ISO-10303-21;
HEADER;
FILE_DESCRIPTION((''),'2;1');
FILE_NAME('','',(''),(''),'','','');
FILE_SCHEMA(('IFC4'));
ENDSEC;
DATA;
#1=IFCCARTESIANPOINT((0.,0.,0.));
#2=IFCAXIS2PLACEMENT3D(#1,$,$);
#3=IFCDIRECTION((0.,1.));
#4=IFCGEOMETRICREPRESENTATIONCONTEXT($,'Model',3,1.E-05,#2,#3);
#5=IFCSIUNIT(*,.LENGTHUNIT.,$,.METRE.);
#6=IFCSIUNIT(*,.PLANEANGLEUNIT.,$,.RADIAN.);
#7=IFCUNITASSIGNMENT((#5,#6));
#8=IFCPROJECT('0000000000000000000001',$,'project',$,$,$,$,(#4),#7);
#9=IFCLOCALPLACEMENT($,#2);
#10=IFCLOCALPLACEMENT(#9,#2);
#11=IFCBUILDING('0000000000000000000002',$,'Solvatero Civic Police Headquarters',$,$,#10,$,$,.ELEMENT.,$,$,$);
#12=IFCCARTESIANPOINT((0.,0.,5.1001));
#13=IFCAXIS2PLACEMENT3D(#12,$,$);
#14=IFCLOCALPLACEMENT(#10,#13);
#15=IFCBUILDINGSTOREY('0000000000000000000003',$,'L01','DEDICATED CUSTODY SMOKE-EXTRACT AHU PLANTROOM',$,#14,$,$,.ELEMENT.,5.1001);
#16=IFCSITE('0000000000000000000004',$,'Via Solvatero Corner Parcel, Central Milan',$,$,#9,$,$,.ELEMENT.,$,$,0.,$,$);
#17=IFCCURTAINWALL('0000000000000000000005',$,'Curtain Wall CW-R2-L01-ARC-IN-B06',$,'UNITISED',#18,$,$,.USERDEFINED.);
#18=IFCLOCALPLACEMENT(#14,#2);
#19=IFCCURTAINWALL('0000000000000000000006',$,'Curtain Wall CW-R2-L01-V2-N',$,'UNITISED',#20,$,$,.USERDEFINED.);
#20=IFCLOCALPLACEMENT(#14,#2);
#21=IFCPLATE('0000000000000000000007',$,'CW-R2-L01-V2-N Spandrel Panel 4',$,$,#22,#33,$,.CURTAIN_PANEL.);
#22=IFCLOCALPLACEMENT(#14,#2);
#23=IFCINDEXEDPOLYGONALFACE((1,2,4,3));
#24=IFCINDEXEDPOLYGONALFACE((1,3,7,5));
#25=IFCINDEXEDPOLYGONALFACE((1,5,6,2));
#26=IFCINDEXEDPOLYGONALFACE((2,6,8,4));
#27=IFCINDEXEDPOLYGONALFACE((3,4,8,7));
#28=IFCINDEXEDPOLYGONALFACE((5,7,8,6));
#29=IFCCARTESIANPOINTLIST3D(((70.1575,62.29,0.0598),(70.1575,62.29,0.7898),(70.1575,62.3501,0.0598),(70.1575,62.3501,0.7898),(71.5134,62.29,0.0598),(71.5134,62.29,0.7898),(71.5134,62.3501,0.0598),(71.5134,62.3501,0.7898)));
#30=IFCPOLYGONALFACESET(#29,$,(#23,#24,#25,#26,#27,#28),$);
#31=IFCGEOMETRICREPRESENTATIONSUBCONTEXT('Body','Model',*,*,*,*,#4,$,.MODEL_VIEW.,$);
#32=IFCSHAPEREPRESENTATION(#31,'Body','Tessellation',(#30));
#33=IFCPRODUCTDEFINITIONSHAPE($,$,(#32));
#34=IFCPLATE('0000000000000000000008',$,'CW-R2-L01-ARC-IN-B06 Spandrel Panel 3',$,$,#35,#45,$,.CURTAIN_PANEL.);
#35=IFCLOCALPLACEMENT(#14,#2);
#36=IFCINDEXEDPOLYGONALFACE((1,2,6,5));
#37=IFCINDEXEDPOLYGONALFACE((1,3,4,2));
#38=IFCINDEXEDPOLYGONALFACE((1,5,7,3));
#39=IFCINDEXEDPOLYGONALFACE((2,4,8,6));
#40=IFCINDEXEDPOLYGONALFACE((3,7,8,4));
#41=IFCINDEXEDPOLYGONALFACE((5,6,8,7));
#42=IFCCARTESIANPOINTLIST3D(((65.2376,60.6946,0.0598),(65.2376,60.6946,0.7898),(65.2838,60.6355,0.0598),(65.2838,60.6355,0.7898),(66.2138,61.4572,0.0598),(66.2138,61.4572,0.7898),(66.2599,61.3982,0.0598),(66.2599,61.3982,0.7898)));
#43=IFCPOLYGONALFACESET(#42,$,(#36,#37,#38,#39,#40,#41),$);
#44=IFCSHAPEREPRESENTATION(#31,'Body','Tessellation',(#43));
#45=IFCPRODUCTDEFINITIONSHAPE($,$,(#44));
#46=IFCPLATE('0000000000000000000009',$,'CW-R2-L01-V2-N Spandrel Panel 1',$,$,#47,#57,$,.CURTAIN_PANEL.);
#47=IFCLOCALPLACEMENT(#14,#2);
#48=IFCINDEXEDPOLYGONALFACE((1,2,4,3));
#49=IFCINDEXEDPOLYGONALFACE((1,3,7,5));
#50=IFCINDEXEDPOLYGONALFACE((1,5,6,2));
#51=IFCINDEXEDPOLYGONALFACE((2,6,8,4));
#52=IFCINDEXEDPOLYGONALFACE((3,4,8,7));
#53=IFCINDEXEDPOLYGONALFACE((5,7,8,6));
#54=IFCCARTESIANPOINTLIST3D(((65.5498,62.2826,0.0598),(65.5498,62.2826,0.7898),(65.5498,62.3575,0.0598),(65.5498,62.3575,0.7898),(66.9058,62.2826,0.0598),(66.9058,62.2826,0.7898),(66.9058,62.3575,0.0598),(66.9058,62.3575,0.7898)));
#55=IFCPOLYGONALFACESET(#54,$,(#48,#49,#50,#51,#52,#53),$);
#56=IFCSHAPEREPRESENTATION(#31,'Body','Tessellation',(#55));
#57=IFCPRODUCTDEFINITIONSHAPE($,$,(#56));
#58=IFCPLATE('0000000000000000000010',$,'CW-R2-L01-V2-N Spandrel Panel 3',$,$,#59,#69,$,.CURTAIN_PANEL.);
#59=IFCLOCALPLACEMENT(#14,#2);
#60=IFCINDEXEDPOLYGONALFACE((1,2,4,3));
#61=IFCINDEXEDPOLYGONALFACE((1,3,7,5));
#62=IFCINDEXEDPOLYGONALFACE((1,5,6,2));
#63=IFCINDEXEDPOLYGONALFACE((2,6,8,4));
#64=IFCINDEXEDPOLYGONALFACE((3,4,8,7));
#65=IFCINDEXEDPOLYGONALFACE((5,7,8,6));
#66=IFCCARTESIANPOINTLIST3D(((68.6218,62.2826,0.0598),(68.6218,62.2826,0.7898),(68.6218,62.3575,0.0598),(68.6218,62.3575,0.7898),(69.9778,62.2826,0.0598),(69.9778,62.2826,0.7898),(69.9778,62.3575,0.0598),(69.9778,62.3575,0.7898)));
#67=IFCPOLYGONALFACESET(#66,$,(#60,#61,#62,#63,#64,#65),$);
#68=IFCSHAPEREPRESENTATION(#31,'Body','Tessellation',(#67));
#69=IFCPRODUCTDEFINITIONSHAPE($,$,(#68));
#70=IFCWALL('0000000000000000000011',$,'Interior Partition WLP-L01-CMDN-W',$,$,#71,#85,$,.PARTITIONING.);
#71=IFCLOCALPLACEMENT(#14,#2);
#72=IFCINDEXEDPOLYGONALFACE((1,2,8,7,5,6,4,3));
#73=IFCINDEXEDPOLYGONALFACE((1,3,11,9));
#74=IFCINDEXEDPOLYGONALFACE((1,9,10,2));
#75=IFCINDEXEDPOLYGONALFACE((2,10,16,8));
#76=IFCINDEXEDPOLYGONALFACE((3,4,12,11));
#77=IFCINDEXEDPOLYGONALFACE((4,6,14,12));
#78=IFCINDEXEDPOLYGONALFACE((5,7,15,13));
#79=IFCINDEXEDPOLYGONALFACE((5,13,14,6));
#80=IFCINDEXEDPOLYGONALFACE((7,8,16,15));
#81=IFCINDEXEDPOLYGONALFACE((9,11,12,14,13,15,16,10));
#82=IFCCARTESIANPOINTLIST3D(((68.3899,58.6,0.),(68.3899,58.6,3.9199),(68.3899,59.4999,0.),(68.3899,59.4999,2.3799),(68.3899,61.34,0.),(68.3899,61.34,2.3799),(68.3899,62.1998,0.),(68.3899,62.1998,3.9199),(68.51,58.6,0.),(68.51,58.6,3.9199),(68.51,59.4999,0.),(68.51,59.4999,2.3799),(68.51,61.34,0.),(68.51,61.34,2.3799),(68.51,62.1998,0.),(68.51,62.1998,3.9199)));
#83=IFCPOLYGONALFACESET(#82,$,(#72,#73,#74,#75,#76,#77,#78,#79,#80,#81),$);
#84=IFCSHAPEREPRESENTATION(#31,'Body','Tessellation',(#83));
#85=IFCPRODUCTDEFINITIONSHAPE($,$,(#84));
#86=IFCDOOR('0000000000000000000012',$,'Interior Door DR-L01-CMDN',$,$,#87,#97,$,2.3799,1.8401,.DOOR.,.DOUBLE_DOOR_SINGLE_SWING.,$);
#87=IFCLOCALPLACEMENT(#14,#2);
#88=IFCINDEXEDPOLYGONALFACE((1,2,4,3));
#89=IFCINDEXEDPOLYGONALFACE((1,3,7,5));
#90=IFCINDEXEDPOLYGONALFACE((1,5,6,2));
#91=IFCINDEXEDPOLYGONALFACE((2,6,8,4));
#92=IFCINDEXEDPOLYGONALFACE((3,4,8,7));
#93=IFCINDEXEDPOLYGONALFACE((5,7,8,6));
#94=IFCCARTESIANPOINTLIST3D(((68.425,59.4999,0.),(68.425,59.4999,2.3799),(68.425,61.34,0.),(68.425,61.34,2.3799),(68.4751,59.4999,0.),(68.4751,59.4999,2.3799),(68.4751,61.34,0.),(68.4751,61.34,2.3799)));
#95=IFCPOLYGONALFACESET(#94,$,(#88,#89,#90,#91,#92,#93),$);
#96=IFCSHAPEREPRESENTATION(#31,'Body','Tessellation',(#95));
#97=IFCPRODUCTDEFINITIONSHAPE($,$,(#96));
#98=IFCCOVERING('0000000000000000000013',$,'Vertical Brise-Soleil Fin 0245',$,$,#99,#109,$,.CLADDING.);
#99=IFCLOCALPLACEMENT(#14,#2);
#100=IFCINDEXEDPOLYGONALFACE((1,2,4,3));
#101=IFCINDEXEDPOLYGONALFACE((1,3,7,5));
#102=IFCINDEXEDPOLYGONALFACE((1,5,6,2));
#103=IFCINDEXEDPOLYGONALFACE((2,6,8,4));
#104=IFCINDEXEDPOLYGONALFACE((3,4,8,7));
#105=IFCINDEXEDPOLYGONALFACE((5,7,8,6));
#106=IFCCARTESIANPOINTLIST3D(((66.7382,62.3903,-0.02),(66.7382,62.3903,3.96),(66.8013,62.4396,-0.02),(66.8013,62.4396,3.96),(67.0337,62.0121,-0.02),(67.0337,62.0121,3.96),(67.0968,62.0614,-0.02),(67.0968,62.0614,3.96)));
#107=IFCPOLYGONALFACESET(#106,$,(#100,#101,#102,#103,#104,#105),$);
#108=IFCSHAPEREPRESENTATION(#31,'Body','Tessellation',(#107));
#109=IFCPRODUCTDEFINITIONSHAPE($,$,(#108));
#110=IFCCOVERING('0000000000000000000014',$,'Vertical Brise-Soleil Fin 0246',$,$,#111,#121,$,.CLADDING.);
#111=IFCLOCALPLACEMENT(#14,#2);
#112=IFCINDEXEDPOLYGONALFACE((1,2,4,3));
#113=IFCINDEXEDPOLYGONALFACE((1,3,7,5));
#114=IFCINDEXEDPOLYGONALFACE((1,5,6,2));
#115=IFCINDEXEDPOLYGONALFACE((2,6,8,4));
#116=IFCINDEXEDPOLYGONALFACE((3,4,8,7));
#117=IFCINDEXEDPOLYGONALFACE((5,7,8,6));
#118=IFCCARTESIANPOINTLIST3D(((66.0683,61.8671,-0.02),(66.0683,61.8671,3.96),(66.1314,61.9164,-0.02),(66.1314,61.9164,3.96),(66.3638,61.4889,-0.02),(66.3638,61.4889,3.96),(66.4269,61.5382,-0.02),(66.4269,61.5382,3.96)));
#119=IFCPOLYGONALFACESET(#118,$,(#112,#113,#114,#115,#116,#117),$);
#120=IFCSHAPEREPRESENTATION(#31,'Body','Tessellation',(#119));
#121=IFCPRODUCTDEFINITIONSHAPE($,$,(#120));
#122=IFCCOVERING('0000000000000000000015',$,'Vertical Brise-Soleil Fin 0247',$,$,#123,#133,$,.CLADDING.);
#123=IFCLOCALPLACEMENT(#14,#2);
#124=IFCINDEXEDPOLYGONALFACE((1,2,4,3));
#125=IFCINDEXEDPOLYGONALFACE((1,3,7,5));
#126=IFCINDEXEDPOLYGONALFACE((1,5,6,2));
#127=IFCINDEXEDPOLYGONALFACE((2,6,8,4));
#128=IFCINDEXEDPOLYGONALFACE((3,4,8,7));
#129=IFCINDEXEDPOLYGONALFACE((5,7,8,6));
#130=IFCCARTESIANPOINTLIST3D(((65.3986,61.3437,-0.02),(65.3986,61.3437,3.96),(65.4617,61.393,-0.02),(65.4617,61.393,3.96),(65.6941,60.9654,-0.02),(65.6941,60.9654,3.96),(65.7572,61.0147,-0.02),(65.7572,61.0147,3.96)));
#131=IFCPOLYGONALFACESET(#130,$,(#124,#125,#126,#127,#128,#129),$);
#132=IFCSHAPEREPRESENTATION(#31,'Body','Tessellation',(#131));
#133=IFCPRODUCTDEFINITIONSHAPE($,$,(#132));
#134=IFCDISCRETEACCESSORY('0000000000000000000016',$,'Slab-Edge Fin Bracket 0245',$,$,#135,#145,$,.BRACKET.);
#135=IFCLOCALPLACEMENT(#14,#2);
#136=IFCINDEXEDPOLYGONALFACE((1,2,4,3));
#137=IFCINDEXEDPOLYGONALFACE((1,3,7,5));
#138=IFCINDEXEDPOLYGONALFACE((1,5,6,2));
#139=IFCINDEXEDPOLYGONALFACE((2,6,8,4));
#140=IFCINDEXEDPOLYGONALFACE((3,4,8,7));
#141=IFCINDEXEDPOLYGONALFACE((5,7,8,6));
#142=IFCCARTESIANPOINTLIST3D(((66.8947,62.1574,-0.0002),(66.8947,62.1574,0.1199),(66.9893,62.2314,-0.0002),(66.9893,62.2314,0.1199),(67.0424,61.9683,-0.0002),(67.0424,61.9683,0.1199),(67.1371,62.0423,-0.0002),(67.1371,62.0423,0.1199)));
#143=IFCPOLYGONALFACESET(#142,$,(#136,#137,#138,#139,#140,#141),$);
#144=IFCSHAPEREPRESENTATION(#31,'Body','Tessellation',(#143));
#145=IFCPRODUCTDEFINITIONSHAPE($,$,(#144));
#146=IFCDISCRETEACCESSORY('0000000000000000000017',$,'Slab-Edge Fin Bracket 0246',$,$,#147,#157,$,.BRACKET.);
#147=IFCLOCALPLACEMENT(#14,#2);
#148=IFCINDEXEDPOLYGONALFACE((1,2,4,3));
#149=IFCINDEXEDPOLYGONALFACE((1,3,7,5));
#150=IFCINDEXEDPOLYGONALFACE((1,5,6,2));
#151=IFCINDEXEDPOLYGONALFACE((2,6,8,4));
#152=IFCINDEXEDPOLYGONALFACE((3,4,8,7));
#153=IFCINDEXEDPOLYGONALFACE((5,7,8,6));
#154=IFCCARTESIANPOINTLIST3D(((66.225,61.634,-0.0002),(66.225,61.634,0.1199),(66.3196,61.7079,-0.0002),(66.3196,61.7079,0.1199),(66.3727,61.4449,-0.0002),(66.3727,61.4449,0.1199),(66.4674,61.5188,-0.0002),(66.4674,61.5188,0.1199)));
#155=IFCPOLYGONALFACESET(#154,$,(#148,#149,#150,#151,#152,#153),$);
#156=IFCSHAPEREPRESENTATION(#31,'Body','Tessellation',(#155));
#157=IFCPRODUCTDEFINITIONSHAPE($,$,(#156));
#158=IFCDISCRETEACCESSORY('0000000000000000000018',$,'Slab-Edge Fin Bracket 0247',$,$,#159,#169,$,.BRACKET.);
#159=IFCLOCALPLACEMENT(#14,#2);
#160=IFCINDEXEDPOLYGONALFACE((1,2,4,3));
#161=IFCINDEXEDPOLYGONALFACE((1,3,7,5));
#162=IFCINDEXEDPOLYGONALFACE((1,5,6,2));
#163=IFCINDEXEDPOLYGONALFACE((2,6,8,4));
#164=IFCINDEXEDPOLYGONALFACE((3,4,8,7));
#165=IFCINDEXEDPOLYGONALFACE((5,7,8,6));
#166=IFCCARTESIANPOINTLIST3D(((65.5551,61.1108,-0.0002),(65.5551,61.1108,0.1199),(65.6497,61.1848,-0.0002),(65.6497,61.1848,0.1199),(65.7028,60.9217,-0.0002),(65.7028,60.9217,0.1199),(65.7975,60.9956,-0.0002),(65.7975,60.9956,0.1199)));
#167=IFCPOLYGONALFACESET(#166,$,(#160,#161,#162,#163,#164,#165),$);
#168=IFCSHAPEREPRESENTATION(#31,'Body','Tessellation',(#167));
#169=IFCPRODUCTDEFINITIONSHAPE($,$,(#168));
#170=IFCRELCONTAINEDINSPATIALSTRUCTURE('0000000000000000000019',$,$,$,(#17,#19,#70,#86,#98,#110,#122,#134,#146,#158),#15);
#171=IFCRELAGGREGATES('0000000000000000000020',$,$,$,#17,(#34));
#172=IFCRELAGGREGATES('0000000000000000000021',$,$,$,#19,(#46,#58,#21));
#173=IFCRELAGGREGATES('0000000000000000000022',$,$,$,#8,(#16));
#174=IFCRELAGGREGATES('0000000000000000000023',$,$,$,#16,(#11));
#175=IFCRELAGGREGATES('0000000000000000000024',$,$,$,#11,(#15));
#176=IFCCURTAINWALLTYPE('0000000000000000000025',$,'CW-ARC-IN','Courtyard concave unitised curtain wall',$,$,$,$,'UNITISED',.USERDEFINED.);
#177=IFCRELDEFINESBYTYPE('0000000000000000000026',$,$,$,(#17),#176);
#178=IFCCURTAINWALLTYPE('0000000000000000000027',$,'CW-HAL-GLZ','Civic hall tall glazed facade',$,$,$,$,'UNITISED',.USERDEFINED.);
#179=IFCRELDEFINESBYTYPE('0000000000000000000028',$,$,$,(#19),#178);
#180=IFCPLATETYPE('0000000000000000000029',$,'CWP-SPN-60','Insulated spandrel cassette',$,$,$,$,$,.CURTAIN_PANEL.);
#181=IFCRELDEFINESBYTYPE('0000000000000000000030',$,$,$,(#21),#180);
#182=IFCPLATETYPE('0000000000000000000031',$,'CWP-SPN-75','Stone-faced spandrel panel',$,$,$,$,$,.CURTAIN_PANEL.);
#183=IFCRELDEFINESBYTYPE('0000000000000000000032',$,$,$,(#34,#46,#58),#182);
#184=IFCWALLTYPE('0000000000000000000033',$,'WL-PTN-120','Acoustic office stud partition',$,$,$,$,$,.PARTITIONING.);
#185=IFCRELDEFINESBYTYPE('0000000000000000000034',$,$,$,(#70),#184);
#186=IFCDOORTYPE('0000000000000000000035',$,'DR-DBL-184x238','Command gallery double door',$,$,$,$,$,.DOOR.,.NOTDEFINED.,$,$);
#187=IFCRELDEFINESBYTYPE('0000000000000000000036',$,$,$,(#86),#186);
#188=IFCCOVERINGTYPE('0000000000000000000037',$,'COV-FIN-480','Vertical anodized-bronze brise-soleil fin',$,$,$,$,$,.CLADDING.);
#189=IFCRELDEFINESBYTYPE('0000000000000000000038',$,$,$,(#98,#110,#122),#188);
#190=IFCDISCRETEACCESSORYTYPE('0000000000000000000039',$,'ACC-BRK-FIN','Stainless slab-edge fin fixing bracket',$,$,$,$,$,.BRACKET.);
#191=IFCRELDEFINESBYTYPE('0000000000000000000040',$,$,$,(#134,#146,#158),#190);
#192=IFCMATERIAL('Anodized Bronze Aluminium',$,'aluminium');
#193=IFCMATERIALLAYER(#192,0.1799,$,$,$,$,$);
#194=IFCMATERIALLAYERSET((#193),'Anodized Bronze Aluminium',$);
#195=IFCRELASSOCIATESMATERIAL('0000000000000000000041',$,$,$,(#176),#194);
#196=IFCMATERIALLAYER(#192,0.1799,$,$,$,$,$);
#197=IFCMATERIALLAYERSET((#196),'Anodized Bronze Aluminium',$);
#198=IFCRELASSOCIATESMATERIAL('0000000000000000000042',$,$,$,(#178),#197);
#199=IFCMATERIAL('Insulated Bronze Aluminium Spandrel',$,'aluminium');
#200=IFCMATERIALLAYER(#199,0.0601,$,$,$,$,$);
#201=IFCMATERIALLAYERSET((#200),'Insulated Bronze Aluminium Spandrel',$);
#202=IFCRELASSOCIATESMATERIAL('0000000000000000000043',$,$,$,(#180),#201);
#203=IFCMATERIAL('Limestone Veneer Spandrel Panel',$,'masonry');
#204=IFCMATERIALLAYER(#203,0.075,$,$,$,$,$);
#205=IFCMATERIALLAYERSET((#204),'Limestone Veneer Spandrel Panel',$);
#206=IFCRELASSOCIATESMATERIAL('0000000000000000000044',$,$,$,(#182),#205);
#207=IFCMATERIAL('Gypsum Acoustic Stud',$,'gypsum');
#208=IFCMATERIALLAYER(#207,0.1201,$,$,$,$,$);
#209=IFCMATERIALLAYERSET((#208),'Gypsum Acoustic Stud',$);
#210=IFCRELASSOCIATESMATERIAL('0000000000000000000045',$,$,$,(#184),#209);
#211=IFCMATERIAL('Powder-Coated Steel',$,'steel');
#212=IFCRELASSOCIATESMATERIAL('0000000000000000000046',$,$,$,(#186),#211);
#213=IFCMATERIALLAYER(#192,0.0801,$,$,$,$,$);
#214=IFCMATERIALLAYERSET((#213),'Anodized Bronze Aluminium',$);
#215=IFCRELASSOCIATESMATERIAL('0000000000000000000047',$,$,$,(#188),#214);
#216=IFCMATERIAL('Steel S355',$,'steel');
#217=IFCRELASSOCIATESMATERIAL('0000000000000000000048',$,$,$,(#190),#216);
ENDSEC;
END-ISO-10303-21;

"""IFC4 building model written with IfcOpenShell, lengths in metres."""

from ifc_helpers import new_model, si_unit, direction, frame, frame_2d, origin, origin_2d, place, context, subcontext, project, spatial, rectangle, extrude, material, layer, layer_set, type_object, element, fill, aggregate, save


model = new_model("IFC4")

# Units and contexts
model_context = context("Model", 3, precision=1e-05, world=origin(), true_north=direction((0.0, 1.0)))
body_context = subcontext(model_context, "Body", "Model", "MODEL_VIEW")
ifc_project = project(units=[si_unit("LENGTHUNIT", "METRE"), si_unit("PLANEANGLEUNIT", "RADIAN")], contexts=[model_context])

# Site, building, storey
site_placement = place(None, origin())
site = spatial("IfcSite", under=ifc_project, at=site_placement, Name="Via Solvatero Corner Parcel, Central Milan", CompositionType="ELEMENT", RefElevation=0.0)
building_placement = place(site_placement, origin())
building = spatial("IfcBuilding", under=site, at=building_placement, Name="Solvatero Civic Police Headquarters", CompositionType="ELEMENT")
storey_placement = place(building_placement, frame((0.0, 0.0, 5.1001)))
storey = spatial("IfcBuildingStorey", under=building, at=storey_placement, Name="L01", Description="DEDICATED CUSTODY SMOKE-EXTRACT AHU PLANTROOM", CompositionType="ELEMENT", Elevation=5.1001)

# Curtain walls
ifc_material_1 = material(Name="Anodized Bronze Aluminium", Category="aluminium")
ifc_layer_1 = layer(ifc_material_1, 0.1799)
ifc_layer_set_1 = layer_set([ifc_layer_1], Name="Anodized Bronze Aluminium")
curtain_wall_type_1 = type_object("IfcCurtainWallType", Name="CW-ARC-IN", Description="Courtyard concave unitised curtain wall", ElementType="UNITISED", PredefinedType="USERDEFINED", material=ifc_layer_set_1)
curtain_wall_1_placement = place(storey_placement, origin())
curtain_wall_1 = element("IfcCurtainWall", 1, at=curtain_wall_1_placement, inside=storey, type_object=curtain_wall_type_1, Name="Curtain Wall CW-R2-L01-ARC-IN-B06", ObjectType="UNITISED", PredefinedType="USERDEFINED")
ifc_layer_2 = layer(ifc_material_1, 0.1799)
ifc_layer_set_2 = layer_set([ifc_layer_2], Name="Anodized Bronze Aluminium")
curtain_wall_type_2 = type_object("IfcCurtainWallType", Name="CW-HAL-GLZ", Description="Civic hall tall glazed facade", ElementType="UNITISED", PredefinedType="USERDEFINED", material=ifc_layer_set_2)
curtain_wall_2_placement = place(storey_placement, origin())
curtain_wall_2 = element("IfcCurtainWall", 2, at=curtain_wall_2_placement, inside=storey, type_object=curtain_wall_type_2, Name="Curtain Wall CW-R2-L01-V2-N", ObjectType="UNITISED", PredefinedType="USERDEFINED")

# Plates
ifc_material_2 = material(Name="Insulated Bronze Aluminium Spandrel", Category="aluminium")
ifc_layer_3 = layer(ifc_material_2, 0.0601)
ifc_layer_set_3 = layer_set([ifc_layer_3], Name="Insulated Bronze Aluminium Spandrel")
plate_type_1 = type_object("IfcPlateType", Name="CWP-SPN-60", Description="Insulated spandrel cassette", PredefinedType="CURTAIN_PANEL", material=ifc_layer_set_3)
plate_1_placement = place(storey_placement, frame((70.8354, 62.3201, 0.0598), z_axis=(0.0, 0.0, 1.0), x_axis=(1.0, 0.0, 0.0)))
plate_1 = element("IfcPlate", 3, at=plate_1_placement, type_object=plate_type_1, Name="CW-R2-L01-V2-N Spandrel Panel 4", PredefinedType="CURTAIN_PANEL", context=body_context, shape_type="SweptSolid", body=[
    extrude(rectangle(XDim=1.356, YDim=0.0601, at=origin_2d()), origin(), (0.0, 0.0, 1.0), 0.73),
])
ifc_material_3 = material(Name="Limestone Veneer Spandrel Panel", Category="masonry")
ifc_layer_4 = layer(ifc_material_3, 0.075)
ifc_layer_set_4 = layer_set([ifc_layer_4], Name="Limestone Veneer Spandrel Panel")
plate_type_2 = type_object("IfcPlateType", Name="CWP-SPN-75", Description="Stone-faced spandrel panel", PredefinedType="CURTAIN_PANEL", material=ifc_layer_set_4)
plate_2_placement = place(storey_placement, frame((65.7488, 61.0464, 0.0598), z_axis=(0.0, 0.0, 1.0), x_axis=(-0.788011, -0.615661, 0.0)))
plate_2 = element("IfcPlate", 4, at=plate_2_placement, type_object=plate_type_2, Name="CW-R2-L01-ARC-IN-B06 Spandrel Panel 3", PredefinedType="CURTAIN_PANEL", context=body_context, shape_type="SweptSolid", body=[
    extrude(rectangle(XDim=1.2388, YDim=0.075, at=origin_2d()), origin(), (0.0, 0.0, 1.0), 0.73),
])
aggregate(curtain_wall_1, [plate_2])
plate_3_placement = place(storey_placement, frame((66.2278, 62.3201, 0.0598), z_axis=(0.0, 0.0, 1.0), x_axis=(1.0, 0.0, 0.0)))
plate_3 = element("IfcPlate", 5, at=plate_3_placement, type_object=plate_type_2, Name="CW-R2-L01-V2-N Spandrel Panel 1", PredefinedType="CURTAIN_PANEL", context=body_context, shape_type="SweptSolid", body=[
    extrude(rectangle(XDim=1.356, YDim=0.075, at=origin_2d()), origin(), (0.0, 0.0, 1.0), 0.73),
])
plate_4_placement = place(storey_placement, frame((69.2998, 62.3201, 0.0598), z_axis=(0.0, 0.0, 1.0), x_axis=(1.0, 0.0, 0.0)))
plate_4 = element("IfcPlate", 6, at=plate_4_placement, type_object=plate_type_2, Name="CW-R2-L01-V2-N Spandrel Panel 3", PredefinedType="CURTAIN_PANEL", context=body_context, shape_type="SweptSolid", body=[
    extrude(rectangle(XDim=1.356, YDim=0.075, at=origin_2d()), origin(), (0.0, 0.0, 1.0), 0.73),
])
aggregate(curtain_wall_2, [plate_3, plate_4, plate_1])

# Wall, opening, door
ifc_material_4 = material(Name="Gypsum Acoustic Stud", Category="gypsum")
ifc_layer_5 = layer(ifc_material_4, 0.1201)
ifc_layer_set_5 = layer_set([ifc_layer_5], Name="Gypsum Acoustic Stud")
wall_type = type_object("IfcWallType", Name="WL-PTN-120", Description="Acoustic office stud partition", PredefinedType="PARTITIONING", material=ifc_layer_set_5)
wall_placement = place(storey_placement, frame((68.45, 58.6001, 0.0), z_axis=(0.0, 0.0, 1.0), x_axis=(0.0, 1.0, 0.0)))
wall = element("IfcWall", 7, at=wall_placement, inside=storey, type_object=wall_type, Name="Interior Partition WLP-L01-CMDN-W", PredefinedType="PARTITIONING", context=body_context, shape_type="SweptSolid", body=[
    extrude(rectangle(XDim=3.5999, YDim=0.1201, at=frame_2d((1.7998, 0.0))), origin(), (0.0, 0.0, 1.0), 3.9199),
])
opening_placement = place(wall_placement, frame((0.8999, 0.0, 0.0)))
opening = element("IfcOpeningElement", 8, at=opening_placement, cuts=wall, PredefinedType="OPENING", context=body_context, shape_type="SweptSolid", body=[
    extrude(rectangle(XDim=1.8401, YDim=2.3799, at=frame_2d((0.9199, 1.1899))), frame((0.0, 0.0701, 0.0), z_axis=(0.0, -1.0, 0.0), x_axis=(1.0, 0.0, 0.0)), (0.0, 0.0, 1.0), 0.1401),
])
ifc_material_5 = material(Name="Powder-Coated Steel", Category="steel")
door_type = type_object("IfcDoorType", Name="DR-DBL-184x238", Description="Command gallery double door", OperationType="NOTDEFINED", PredefinedType="DOOR", material=ifc_material_5)
door_placement = place(opening_placement, origin())
door = element("IfcDoor", 9, at=door_placement, inside=storey, type_object=door_type, Name="Interior Door DR-L01-CMDN", OperationType="DOUBLE_DOOR_SINGLE_SWING", OverallHeight=2.3799, OverallWidth=1.8401, PredefinedType="DOOR", context=body_context, shape_type="SweptSolid", body=[
    extrude(rectangle(XDim=1.8401, YDim=2.3799, at=frame_2d((0.9199, 1.1899))), frame((0.0, 0.0249, 0.0), z_axis=(0.0, -1.0, 0.0), x_axis=(1.0, 0.0, 0.0)), (0.0, 0.0, 1.0), 0.05),
])
fill(opening, door)

# Coverings
ifc_layer_6 = layer(ifc_material_1, 0.0801)
ifc_layer_set_6 = layer_set([ifc_layer_6], Name="Anodized Bronze Aluminium")
covering_type = type_object("IfcCoveringType", Name="COV-FIN-480", Description="Vertical anodized-bronze brise-soleil fin", PredefinedType="CLADDING", material=ifc_layer_set_6)
for number, where, z_axis, x_axis, name in (
    (10, (66.9175, 62.2258, -0.02), (0.0, 0.0, 1.0), (-0.788011, -0.615661, 0.0), "Vertical Brise-Soleil Fin 0245"),
    (11, (66.2476, 61.7026, -0.02), (0.0, 0.0, 1.0), (-0.788011, -0.615661, 0.0), "Vertical Brise-Soleil Fin 0246"),
    (12, (65.5779, 61.1792, -0.02), (0.0, 0.0, 1.0), (-0.788011, -0.615661, 0.0), "Vertical Brise-Soleil Fin 0247"),
):
    element("IfcCovering", number, at=place(storey_placement, frame(where, z_axis=z_axis, x_axis=x_axis)), inside=storey, type_object=covering_type, Name=name, PredefinedType="CLADDING", context=body_context, shape_type="SweptSolid", body=[
        extrude(rectangle(XDim=0.0801, YDim=0.48, at=origin_2d()), origin(), (0.0, 0.0, 1.0), 3.98),
    ])

# Discrete accessories
ifc_material_6 = material(Name="Steel S355", Category="steel")
discrete_accessory_type = type_object("IfcDiscreteAccessoryType", Name="ACC-BRK-FIN", Description="Stainless slab-edge fin fixing bracket", PredefinedType="BRACKET", material=ifc_material_6)
for number, where, z_axis, x_axis, name in (
    (13, (67.0159, 62.0999, -0.0002), (0.0, 0.0, 1.0), (-0.788011, -0.615661, 0.0), "Slab-Edge Fin Bracket 0245"),
    (14, (66.3462, 61.5764, -0.0002), (0.0, 0.0, 1.0), (-0.788011, -0.615661, 0.0), "Slab-Edge Fin Bracket 0246"),
    (15, (65.6763, 61.0532, -0.0002), (0.0, 0.0, 1.0), (-0.788011, -0.615661, 0.0), "Slab-Edge Fin Bracket 0247"),
):
    element("IfcDiscreteAccessory", number, at=place(storey_placement, frame(where, z_axis=z_axis, x_axis=x_axis)), inside=storey, type_object=discrete_accessory_type, Name=name, PredefinedType="BRACKET", context=body_context, shape_type="SweptSolid", body=[
        extrude(rectangle(XDim=0.1201, YDim=0.24, at=origin_2d()), origin(), (0.0, 0.0, 1.0), 0.1201),
    ])

save(model, "model.ifc")
